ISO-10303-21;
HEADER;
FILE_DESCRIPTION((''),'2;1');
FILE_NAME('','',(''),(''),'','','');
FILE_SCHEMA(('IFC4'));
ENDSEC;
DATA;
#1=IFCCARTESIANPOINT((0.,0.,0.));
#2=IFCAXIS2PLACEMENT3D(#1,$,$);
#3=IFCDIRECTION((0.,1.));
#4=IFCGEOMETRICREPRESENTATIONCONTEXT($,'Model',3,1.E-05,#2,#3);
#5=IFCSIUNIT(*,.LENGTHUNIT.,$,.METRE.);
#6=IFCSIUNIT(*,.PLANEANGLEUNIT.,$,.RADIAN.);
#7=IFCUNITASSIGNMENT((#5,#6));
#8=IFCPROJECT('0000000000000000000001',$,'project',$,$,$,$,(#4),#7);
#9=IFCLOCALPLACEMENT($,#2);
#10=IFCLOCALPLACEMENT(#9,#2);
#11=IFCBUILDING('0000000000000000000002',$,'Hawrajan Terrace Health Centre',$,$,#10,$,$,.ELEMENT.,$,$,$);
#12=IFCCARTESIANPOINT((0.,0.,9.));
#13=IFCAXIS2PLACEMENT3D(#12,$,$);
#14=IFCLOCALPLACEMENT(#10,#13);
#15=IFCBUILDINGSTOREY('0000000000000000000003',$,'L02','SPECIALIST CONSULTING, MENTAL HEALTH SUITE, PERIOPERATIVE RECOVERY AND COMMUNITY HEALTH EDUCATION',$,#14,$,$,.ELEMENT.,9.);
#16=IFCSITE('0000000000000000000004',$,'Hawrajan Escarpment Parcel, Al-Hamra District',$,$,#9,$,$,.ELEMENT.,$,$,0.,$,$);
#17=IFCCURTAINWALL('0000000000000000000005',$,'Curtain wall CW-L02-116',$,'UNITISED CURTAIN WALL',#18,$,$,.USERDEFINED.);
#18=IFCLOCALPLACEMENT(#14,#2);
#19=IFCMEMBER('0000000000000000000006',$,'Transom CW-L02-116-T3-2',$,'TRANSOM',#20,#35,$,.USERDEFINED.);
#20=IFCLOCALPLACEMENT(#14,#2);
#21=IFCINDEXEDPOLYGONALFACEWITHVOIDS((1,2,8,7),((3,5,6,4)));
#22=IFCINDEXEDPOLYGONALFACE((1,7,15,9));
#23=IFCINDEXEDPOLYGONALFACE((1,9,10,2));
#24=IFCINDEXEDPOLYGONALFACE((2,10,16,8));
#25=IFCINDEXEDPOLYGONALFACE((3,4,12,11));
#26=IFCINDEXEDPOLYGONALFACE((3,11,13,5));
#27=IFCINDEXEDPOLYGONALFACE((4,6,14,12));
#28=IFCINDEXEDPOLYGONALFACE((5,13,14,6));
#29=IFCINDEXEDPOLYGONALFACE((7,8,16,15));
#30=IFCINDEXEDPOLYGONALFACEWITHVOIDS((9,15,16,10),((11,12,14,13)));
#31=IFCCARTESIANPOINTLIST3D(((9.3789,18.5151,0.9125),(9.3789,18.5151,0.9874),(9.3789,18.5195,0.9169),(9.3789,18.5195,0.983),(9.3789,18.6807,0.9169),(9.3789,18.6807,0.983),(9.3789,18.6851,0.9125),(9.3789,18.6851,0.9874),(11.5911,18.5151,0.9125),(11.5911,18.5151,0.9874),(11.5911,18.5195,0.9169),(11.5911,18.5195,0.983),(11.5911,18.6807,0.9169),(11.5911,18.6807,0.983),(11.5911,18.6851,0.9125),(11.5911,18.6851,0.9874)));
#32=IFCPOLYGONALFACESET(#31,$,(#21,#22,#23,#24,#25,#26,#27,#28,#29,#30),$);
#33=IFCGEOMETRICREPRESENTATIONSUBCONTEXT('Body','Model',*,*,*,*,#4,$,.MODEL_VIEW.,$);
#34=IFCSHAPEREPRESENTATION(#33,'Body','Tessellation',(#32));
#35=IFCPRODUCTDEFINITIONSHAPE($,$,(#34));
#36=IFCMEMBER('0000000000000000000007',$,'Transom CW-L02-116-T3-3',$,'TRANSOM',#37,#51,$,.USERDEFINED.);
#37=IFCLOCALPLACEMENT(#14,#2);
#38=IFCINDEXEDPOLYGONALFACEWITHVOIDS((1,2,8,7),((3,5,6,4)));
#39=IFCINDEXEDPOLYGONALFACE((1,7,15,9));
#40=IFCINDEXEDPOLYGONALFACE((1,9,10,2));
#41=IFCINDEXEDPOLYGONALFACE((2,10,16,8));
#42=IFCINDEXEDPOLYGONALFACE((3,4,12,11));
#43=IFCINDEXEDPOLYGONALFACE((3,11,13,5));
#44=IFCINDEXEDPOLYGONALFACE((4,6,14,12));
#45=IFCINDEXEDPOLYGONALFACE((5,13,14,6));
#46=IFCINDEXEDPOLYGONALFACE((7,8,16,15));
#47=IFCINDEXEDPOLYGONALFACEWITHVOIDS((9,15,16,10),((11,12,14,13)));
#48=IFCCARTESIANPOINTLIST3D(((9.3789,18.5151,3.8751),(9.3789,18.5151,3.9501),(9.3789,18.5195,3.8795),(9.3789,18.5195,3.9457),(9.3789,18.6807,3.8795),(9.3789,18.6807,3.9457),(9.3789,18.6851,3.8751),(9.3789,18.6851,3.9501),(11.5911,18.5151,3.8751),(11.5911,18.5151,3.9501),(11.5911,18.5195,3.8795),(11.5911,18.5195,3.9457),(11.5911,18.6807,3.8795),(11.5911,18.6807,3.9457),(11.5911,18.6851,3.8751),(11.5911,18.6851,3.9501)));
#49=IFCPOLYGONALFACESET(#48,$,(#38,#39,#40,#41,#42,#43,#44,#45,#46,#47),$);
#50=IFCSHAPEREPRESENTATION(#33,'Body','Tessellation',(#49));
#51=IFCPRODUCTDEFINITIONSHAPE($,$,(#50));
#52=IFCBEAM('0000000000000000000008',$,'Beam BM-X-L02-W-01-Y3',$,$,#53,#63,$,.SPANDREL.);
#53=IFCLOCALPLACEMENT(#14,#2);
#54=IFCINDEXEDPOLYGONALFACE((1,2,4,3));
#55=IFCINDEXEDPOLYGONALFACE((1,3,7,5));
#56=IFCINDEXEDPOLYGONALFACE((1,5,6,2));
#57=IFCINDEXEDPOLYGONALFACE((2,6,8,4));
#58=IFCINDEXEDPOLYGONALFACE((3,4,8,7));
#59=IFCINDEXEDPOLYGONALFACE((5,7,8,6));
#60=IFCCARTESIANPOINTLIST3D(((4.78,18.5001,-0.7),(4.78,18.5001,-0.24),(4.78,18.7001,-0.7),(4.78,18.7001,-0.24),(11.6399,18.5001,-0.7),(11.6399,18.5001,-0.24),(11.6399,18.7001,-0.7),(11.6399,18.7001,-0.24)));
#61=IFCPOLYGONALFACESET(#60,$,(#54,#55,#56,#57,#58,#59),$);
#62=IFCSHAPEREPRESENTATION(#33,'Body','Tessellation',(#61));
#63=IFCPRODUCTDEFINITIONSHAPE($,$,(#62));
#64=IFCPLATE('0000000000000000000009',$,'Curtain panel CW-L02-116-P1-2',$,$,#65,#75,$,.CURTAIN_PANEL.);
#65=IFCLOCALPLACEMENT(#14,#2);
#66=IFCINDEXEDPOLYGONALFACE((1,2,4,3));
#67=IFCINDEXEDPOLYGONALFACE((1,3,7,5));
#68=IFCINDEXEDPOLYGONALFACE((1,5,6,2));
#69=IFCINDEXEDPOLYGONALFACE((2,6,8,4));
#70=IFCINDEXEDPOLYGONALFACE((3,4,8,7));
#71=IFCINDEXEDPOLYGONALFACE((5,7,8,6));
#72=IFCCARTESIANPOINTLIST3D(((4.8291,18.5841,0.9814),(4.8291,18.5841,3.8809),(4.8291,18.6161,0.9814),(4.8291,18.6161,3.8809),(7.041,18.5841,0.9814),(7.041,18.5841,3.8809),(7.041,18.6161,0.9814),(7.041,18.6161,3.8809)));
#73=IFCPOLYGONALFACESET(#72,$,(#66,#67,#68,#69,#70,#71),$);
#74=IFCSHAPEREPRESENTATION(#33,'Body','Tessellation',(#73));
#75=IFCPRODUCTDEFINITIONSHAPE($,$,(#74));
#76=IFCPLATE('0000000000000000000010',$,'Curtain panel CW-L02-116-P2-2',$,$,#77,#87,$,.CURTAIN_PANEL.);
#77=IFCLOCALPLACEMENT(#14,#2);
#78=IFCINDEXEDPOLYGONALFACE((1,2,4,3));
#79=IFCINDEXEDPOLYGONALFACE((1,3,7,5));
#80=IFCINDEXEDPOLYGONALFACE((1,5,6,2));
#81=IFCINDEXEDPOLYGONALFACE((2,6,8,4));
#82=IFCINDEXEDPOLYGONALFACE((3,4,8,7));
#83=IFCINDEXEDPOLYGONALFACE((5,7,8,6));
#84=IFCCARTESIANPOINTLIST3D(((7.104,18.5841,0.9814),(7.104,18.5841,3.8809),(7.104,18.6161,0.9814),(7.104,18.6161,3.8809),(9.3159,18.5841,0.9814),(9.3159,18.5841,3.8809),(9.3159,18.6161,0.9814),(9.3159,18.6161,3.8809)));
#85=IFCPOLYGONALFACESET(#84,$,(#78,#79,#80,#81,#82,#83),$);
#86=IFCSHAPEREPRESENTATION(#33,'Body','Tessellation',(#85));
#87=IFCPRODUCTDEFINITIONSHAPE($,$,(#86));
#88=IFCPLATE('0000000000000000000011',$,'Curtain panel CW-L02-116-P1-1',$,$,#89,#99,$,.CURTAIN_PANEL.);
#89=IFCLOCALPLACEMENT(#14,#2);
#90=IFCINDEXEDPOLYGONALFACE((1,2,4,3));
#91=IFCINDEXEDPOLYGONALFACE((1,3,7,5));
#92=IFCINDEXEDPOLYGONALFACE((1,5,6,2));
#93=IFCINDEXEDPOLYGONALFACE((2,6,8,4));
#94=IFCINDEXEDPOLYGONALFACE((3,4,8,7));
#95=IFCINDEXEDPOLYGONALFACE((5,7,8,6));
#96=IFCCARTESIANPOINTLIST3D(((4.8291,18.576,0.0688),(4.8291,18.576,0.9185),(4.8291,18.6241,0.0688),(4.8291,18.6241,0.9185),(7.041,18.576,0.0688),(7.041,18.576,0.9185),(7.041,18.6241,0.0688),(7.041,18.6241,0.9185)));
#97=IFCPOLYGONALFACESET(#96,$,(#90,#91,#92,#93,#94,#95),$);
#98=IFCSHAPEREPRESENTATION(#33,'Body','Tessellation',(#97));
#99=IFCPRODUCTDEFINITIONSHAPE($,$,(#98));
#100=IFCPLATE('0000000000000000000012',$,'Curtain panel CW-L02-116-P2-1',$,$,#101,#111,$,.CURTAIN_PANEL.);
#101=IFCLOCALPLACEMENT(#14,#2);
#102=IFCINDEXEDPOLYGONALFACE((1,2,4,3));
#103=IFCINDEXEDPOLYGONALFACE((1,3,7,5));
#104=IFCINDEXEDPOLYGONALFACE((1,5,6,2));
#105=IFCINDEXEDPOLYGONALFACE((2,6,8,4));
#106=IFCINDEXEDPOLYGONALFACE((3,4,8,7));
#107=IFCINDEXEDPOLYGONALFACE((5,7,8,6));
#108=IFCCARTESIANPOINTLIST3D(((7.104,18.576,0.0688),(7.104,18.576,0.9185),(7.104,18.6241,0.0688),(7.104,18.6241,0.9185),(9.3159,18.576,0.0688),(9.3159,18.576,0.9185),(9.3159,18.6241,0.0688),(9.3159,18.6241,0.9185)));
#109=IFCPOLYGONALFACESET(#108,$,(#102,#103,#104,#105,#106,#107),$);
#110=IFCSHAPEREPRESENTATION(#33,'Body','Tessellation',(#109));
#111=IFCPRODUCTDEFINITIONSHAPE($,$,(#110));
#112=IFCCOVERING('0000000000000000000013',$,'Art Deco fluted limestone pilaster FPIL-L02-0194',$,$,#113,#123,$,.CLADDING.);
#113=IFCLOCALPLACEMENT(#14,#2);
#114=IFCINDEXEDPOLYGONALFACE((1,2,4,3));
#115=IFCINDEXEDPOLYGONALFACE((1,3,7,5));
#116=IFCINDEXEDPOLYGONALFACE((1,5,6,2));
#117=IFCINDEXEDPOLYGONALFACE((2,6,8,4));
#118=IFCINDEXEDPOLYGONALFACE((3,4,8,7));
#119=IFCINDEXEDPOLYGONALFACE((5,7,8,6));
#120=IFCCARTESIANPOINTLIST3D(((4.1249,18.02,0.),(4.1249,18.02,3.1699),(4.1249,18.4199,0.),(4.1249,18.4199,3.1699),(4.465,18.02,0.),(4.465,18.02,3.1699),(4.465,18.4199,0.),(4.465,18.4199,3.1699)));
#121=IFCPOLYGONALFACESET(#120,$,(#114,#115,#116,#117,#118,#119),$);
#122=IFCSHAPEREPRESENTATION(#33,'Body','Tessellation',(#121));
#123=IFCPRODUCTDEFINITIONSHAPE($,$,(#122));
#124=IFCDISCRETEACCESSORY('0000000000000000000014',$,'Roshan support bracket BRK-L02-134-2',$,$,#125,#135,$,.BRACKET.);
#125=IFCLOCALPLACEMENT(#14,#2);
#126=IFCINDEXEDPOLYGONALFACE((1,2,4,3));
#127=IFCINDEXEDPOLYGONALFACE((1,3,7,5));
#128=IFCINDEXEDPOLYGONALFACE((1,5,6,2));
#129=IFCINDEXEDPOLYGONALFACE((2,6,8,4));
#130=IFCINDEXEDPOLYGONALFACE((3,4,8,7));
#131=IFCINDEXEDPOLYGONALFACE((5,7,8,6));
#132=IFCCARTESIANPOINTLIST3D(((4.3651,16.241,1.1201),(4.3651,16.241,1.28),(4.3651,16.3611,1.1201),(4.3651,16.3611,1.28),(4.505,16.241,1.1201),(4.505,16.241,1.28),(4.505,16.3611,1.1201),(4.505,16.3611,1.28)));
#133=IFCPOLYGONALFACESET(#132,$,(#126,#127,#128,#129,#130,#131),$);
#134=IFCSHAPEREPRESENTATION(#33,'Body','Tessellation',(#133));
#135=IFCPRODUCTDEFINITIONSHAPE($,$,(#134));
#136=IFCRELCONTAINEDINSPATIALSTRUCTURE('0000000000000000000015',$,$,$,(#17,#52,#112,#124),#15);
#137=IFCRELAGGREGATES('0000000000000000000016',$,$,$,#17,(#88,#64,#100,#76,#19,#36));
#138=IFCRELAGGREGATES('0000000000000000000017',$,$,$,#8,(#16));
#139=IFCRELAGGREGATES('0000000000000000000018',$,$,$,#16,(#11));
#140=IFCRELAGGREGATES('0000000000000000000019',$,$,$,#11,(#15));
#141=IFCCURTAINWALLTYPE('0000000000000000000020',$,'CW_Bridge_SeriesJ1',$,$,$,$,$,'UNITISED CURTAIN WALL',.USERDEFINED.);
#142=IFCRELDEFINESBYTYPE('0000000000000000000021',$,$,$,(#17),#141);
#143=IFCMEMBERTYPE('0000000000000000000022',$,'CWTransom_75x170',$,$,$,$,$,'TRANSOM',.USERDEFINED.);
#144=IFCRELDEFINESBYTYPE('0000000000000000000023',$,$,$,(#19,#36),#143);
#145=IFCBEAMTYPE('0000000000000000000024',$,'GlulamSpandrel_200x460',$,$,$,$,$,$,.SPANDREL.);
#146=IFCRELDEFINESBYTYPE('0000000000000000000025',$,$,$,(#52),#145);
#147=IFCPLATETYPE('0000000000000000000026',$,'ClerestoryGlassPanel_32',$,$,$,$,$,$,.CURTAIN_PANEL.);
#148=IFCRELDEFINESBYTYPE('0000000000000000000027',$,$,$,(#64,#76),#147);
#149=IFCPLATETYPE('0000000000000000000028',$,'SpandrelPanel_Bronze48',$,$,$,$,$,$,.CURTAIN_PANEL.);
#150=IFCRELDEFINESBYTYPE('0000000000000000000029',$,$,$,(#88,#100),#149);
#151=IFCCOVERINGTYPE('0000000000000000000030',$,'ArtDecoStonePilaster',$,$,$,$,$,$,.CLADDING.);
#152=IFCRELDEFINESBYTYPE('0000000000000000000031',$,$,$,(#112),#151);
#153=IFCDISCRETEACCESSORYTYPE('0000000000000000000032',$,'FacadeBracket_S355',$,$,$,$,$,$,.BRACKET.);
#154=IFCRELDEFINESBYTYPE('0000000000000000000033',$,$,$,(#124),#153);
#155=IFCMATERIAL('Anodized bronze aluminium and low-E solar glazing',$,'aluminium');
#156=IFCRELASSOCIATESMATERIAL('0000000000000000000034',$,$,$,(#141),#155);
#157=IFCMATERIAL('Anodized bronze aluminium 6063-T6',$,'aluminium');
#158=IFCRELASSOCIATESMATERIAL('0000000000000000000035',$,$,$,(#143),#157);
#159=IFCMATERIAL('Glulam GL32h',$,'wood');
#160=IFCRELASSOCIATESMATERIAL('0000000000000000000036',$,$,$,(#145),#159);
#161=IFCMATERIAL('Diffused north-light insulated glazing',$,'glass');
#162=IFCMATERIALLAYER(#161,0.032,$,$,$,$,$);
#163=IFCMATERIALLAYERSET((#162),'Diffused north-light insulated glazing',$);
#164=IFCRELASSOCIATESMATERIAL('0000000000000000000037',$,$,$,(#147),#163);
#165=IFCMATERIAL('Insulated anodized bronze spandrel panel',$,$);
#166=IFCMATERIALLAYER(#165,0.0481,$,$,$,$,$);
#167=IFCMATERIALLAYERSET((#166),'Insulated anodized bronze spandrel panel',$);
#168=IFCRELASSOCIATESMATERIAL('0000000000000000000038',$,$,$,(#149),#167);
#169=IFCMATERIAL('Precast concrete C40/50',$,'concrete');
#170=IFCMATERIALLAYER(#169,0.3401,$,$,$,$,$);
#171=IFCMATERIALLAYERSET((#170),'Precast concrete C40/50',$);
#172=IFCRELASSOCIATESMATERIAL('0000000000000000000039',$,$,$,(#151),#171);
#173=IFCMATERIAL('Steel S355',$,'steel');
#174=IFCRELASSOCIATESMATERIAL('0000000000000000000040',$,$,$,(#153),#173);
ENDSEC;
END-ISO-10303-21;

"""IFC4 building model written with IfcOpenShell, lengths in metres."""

from ifc_helpers import new_model, si_unit, direction, frame, origin, origin_2d, place, context, subcontext, project, spatial, rectangle, hollow_rectangle, extrude, material, layer, layer_set, material_profile, profile_set, type_object, element, aggregate, save


model = new_model("IFC4")

# Units and contexts
model_context = context("Model", 3, precision=1e-05, world=origin(), true_north=direction((0.0, 1.0)))
body_context = subcontext(model_context, "Body", "Model", "MODEL_VIEW")
ifc_project = project(units=[si_unit("LENGTHUNIT", "METRE"), si_unit("PLANEANGLEUNIT", "RADIAN")], contexts=[model_context])

# Site, building, storey
site_placement = place(None, origin())
site = spatial("IfcSite", under=ifc_project, at=site_placement, Name="Hawrajan Escarpment Parcel, Al-Hamra District", CompositionType="ELEMENT", RefElevation=0.0)
building_placement = place(site_placement, origin())
building = spatial("IfcBuilding", under=site, at=building_placement, Name="Hawrajan Terrace Health Centre", CompositionType="ELEMENT")
storey_placement = place(building_placement, frame((0.0, 0.0, 9.0)))
storey = spatial("IfcBuildingStorey", under=building, at=storey_placement, Name="L02", Description="SPECIALIST CONSULTING, MENTAL HEALTH SUITE, PERIOPERATIVE RECOVERY AND COMMUNITY HEALTH EDUCATION", CompositionType="ELEMENT", Elevation=9.0)

# Shared definitions
ifc_material_1 = material(Name="Glulam GL32h", Category="wood")

# Curtain wall, members
ifc_material_2 = material(Name="Anodized bronze aluminium and low-E solar glazing", Category="aluminium")
curtain_wall_type = type_object("IfcCurtainWallType", Name="CW_Bridge_SeriesJ1", ElementType="UNITISED CURTAIN WALL", PredefinedType="USERDEFINED", material=ifc_material_2)
curtain_wall_placement = place(storey_placement, origin())
curtain_wall = element("IfcCurtainWall", 1, at=curtain_wall_placement, inside=storey, type_object=curtain_wall_type, Name="Curtain wall CW-L02-116", ObjectType="UNITISED CURTAIN WALL", PredefinedType="USERDEFINED")
ifc_material_3 = material(Name="Anodized bronze aluminium 6063-T6", Category="aluminium")
ifc_material_profile_1 = material_profile(ifc_material_3, hollow_rectangle(XDim=0.075, YDim=0.1699, WallThickness=0.0044, at=origin_2d()), Name="CW TRN 75x170")
ifc_profile_set_1 = profile_set([ifc_material_profile_1], Name="Anodized bronze aluminium 6063-T6")
member_type_1 = type_object("IfcMemberType", Name="CWTransom_75x170", ElementType="TRANSOM", PredefinedType="USERDEFINED", material=ifc_profile_set_1)
member_1_placement = place(storey_placement, frame((9.3789, 18.6001, 0.95), z_axis=(1.0, 0.0, 0.0), x_axis=(0.0, 0.0, 1.0)))
member_1 = element("IfcMember", 2, at=member_1_placement, type_object=member_type_1, Name="Transom CW-L02-116-T3-2", ObjectType="TRANSOM", PredefinedType="USERDEFINED", context=body_context, shape_type="SweptSolid", body=[
    extrude(hollow_rectangle(XDim=0.075, YDim=0.1699, WallThickness=0.0044, at=origin_2d()), origin(), (0.0, 0.0, 1.0), 2.2122),
])
member_2_placement = place(storey_placement, frame((9.3789, 18.6001, 3.9126), z_axis=(1.0, 0.0, 0.0), x_axis=(0.0, 0.0, 1.0)))
member_2 = element("IfcMember", 3, at=member_2_placement, type_object=member_type_1, Name="Transom CW-L02-116-T3-3", ObjectType="TRANSOM", PredefinedType="USERDEFINED", context=body_context, shape_type="SweptSolid", body=[
    extrude(hollow_rectangle(XDim=0.075, YDim=0.1699, WallThickness=0.0044, at=origin_2d()), origin(), (0.0, 0.0, 1.0), 2.2122),
])

# Beam
ifc_material_profile_2 = material_profile(ifc_material_1, rectangle(XDim=0.2, YDim=0.46, at=origin_2d()), Name="GL SP 200x460")
ifc_profile_set_2 = profile_set([ifc_material_profile_2], Name="Glulam GL32h")
beam_type = type_object("IfcBeamType", Name="GlulamSpandrel_200x460", PredefinedType="SPANDREL", material=ifc_profile_set_2)
beam_placement = place(storey_placement, frame((4.78, 18.6001, -0.47), z_axis=(1.0, 0.0, 0.0), x_axis=(0.0, 1.0, 0.0)))
element("IfcBeam", 4, at=beam_placement, inside=storey, type_object=beam_type, Name="Beam BM-X-L02-W-01-Y3", PredefinedType="SPANDREL", context=body_context, shape_type="SweptSolid", body=[
    extrude(rectangle(XDim=0.2, YDim=0.46, at=origin_2d()), origin(), (0.0, 0.0, 1.0), 6.8599),
])

# Plates
ifc_material_4 = material(Name="Diffused north-light insulated glazing", Category="glass")
ifc_layer_1 = layer(ifc_material_4, 0.032)
ifc_layer_set_1 = layer_set([ifc_layer_1], Name="Diffused north-light insulated glazing")
plate_type_1 = type_object("IfcPlateType", Name="ClerestoryGlassPanel_32", PredefinedType="CURTAIN_PANEL", material=ifc_layer_set_1)
plate_1_placement = place(storey_placement, frame((5.9351, 18.6001, 0.9814), z_axis=(0.0, 0.0, 1.0), x_axis=(1.0, 0.0, 0.0)))
plate_1 = element("IfcPlate", 5, at=plate_1_placement, type_object=plate_type_1, Name="Curtain panel CW-L02-116-P1-2", PredefinedType="CURTAIN_PANEL", context=body_context, shape_type="SweptSolid", body=[
    extrude(rectangle(XDim=2.2119, YDim=0.032, at=origin_2d()), origin(), (0.0, 0.0, 1.0), 2.8994),
])
plate_2_placement = place(storey_placement, frame((8.21, 18.6001, 0.9814), z_axis=(0.0, 0.0, 1.0), x_axis=(1.0, 0.0, 0.0)))
plate_2 = element("IfcPlate", 6, at=plate_2_placement, type_object=plate_type_1, Name="Curtain panel CW-L02-116-P2-2", PredefinedType="CURTAIN_PANEL", context=body_context, shape_type="SweptSolid", body=[
    extrude(rectangle(XDim=2.2119, YDim=0.032, at=origin_2d()), origin(), (0.0, 0.0, 1.0), 2.8994),
])
ifc_material_5 = material(Name="Insulated anodized bronze spandrel panel")
ifc_layer_2 = layer(ifc_material_5, 0.0481)
ifc_layer_set_2 = layer_set([ifc_layer_2], Name="Insulated anodized bronze spandrel panel")
plate_type_2 = type_object("IfcPlateType", Name="SpandrelPanel_Bronze48", PredefinedType="CURTAIN_PANEL", material=ifc_layer_set_2)
plate_3_placement = place(storey_placement, frame((5.9351, 18.6001, 0.0688), z_axis=(0.0, 0.0, 1.0), x_axis=(1.0, 0.0, 0.0)))
plate_3 = element("IfcPlate", 7, at=plate_3_placement, type_object=plate_type_2, Name="Curtain panel CW-L02-116-P1-1", PredefinedType="CURTAIN_PANEL", context=body_context, shape_type="SweptSolid", body=[
    extrude(rectangle(XDim=2.2119, YDim=0.0481, at=origin_2d()), origin(), (0.0, 0.0, 1.0), 0.8496),
])
plate_4_placement = place(storey_placement, frame((8.21, 18.6001, 0.0688), z_axis=(0.0, 0.0, 1.0), x_axis=(1.0, 0.0, 0.0)))
plate_4 = element("IfcPlate", 8, at=plate_4_placement, type_object=plate_type_2, Name="Curtain panel CW-L02-116-P2-1", PredefinedType="CURTAIN_PANEL", context=body_context, shape_type="SweptSolid", body=[
    extrude(rectangle(XDim=2.2119, YDim=0.0481, at=origin_2d()), origin(), (0.0, 0.0, 1.0), 0.8496),
])
aggregate(curtain_wall, [plate_3, plate_1, plate_4, plate_2, member_1, member_2])

# Covering
ifc_material_6 = material(Name="Precast concrete C40/50", Category="concrete")
ifc_layer_3 = layer(ifc_material_6, 0.3401)
ifc_layer_set_3 = layer_set([ifc_layer_3], Name="Precast concrete C40/50")
covering_type = type_object("IfcCoveringType", Name="ArtDecoStonePilaster", PredefinedType="CLADDING", material=ifc_layer_set_3)
covering_placement = place(storey_placement, frame((4.2949, 18.22, 0.0), z_axis=(0.0, 0.0, 1.0), x_axis=(0.0, 1.0, 0.0)))
element("IfcCovering", 9, at=covering_placement, inside=storey, type_object=covering_type, Name="Art Deco fluted limestone pilaster FPIL-L02-0194", PredefinedType="CLADDING", context=body_context, shape_type="SweptSolid", body=[
    extrude(rectangle(XDim=0.3999, YDim=0.3401, at=origin_2d()), origin(), (0.0, 0.0, 1.0), 3.1699),
])

# Discrete accessory
ifc_material_7 = material(Name="Steel S355", Category="steel")
discrete_accessory_type = type_object("IfcDiscreteAccessoryType", Name="FacadeBracket_S355", PredefinedType="BRACKET", material=ifc_material_7)
discrete_accessory_placement = place(storey_placement, frame((4.4351, 16.301, 1.1201), z_axis=(0.0, 0.0, 1.0), x_axis=(0.0, 1.0, 0.0)))
element("IfcDiscreteAccessory", 10, at=discrete_accessory_placement, inside=storey, type_object=discrete_accessory_type, Name="Roshan support bracket BRK-L02-134-2", PredefinedType="BRACKET", context=body_context, shape_type="SweptSolid", body=[
    extrude(rectangle(XDim=0.1201, YDim=0.1399, at=origin_2d()), origin(), (0.0, 0.0, 1.0), 0.1599),
])

save(model, "model.ifc")
